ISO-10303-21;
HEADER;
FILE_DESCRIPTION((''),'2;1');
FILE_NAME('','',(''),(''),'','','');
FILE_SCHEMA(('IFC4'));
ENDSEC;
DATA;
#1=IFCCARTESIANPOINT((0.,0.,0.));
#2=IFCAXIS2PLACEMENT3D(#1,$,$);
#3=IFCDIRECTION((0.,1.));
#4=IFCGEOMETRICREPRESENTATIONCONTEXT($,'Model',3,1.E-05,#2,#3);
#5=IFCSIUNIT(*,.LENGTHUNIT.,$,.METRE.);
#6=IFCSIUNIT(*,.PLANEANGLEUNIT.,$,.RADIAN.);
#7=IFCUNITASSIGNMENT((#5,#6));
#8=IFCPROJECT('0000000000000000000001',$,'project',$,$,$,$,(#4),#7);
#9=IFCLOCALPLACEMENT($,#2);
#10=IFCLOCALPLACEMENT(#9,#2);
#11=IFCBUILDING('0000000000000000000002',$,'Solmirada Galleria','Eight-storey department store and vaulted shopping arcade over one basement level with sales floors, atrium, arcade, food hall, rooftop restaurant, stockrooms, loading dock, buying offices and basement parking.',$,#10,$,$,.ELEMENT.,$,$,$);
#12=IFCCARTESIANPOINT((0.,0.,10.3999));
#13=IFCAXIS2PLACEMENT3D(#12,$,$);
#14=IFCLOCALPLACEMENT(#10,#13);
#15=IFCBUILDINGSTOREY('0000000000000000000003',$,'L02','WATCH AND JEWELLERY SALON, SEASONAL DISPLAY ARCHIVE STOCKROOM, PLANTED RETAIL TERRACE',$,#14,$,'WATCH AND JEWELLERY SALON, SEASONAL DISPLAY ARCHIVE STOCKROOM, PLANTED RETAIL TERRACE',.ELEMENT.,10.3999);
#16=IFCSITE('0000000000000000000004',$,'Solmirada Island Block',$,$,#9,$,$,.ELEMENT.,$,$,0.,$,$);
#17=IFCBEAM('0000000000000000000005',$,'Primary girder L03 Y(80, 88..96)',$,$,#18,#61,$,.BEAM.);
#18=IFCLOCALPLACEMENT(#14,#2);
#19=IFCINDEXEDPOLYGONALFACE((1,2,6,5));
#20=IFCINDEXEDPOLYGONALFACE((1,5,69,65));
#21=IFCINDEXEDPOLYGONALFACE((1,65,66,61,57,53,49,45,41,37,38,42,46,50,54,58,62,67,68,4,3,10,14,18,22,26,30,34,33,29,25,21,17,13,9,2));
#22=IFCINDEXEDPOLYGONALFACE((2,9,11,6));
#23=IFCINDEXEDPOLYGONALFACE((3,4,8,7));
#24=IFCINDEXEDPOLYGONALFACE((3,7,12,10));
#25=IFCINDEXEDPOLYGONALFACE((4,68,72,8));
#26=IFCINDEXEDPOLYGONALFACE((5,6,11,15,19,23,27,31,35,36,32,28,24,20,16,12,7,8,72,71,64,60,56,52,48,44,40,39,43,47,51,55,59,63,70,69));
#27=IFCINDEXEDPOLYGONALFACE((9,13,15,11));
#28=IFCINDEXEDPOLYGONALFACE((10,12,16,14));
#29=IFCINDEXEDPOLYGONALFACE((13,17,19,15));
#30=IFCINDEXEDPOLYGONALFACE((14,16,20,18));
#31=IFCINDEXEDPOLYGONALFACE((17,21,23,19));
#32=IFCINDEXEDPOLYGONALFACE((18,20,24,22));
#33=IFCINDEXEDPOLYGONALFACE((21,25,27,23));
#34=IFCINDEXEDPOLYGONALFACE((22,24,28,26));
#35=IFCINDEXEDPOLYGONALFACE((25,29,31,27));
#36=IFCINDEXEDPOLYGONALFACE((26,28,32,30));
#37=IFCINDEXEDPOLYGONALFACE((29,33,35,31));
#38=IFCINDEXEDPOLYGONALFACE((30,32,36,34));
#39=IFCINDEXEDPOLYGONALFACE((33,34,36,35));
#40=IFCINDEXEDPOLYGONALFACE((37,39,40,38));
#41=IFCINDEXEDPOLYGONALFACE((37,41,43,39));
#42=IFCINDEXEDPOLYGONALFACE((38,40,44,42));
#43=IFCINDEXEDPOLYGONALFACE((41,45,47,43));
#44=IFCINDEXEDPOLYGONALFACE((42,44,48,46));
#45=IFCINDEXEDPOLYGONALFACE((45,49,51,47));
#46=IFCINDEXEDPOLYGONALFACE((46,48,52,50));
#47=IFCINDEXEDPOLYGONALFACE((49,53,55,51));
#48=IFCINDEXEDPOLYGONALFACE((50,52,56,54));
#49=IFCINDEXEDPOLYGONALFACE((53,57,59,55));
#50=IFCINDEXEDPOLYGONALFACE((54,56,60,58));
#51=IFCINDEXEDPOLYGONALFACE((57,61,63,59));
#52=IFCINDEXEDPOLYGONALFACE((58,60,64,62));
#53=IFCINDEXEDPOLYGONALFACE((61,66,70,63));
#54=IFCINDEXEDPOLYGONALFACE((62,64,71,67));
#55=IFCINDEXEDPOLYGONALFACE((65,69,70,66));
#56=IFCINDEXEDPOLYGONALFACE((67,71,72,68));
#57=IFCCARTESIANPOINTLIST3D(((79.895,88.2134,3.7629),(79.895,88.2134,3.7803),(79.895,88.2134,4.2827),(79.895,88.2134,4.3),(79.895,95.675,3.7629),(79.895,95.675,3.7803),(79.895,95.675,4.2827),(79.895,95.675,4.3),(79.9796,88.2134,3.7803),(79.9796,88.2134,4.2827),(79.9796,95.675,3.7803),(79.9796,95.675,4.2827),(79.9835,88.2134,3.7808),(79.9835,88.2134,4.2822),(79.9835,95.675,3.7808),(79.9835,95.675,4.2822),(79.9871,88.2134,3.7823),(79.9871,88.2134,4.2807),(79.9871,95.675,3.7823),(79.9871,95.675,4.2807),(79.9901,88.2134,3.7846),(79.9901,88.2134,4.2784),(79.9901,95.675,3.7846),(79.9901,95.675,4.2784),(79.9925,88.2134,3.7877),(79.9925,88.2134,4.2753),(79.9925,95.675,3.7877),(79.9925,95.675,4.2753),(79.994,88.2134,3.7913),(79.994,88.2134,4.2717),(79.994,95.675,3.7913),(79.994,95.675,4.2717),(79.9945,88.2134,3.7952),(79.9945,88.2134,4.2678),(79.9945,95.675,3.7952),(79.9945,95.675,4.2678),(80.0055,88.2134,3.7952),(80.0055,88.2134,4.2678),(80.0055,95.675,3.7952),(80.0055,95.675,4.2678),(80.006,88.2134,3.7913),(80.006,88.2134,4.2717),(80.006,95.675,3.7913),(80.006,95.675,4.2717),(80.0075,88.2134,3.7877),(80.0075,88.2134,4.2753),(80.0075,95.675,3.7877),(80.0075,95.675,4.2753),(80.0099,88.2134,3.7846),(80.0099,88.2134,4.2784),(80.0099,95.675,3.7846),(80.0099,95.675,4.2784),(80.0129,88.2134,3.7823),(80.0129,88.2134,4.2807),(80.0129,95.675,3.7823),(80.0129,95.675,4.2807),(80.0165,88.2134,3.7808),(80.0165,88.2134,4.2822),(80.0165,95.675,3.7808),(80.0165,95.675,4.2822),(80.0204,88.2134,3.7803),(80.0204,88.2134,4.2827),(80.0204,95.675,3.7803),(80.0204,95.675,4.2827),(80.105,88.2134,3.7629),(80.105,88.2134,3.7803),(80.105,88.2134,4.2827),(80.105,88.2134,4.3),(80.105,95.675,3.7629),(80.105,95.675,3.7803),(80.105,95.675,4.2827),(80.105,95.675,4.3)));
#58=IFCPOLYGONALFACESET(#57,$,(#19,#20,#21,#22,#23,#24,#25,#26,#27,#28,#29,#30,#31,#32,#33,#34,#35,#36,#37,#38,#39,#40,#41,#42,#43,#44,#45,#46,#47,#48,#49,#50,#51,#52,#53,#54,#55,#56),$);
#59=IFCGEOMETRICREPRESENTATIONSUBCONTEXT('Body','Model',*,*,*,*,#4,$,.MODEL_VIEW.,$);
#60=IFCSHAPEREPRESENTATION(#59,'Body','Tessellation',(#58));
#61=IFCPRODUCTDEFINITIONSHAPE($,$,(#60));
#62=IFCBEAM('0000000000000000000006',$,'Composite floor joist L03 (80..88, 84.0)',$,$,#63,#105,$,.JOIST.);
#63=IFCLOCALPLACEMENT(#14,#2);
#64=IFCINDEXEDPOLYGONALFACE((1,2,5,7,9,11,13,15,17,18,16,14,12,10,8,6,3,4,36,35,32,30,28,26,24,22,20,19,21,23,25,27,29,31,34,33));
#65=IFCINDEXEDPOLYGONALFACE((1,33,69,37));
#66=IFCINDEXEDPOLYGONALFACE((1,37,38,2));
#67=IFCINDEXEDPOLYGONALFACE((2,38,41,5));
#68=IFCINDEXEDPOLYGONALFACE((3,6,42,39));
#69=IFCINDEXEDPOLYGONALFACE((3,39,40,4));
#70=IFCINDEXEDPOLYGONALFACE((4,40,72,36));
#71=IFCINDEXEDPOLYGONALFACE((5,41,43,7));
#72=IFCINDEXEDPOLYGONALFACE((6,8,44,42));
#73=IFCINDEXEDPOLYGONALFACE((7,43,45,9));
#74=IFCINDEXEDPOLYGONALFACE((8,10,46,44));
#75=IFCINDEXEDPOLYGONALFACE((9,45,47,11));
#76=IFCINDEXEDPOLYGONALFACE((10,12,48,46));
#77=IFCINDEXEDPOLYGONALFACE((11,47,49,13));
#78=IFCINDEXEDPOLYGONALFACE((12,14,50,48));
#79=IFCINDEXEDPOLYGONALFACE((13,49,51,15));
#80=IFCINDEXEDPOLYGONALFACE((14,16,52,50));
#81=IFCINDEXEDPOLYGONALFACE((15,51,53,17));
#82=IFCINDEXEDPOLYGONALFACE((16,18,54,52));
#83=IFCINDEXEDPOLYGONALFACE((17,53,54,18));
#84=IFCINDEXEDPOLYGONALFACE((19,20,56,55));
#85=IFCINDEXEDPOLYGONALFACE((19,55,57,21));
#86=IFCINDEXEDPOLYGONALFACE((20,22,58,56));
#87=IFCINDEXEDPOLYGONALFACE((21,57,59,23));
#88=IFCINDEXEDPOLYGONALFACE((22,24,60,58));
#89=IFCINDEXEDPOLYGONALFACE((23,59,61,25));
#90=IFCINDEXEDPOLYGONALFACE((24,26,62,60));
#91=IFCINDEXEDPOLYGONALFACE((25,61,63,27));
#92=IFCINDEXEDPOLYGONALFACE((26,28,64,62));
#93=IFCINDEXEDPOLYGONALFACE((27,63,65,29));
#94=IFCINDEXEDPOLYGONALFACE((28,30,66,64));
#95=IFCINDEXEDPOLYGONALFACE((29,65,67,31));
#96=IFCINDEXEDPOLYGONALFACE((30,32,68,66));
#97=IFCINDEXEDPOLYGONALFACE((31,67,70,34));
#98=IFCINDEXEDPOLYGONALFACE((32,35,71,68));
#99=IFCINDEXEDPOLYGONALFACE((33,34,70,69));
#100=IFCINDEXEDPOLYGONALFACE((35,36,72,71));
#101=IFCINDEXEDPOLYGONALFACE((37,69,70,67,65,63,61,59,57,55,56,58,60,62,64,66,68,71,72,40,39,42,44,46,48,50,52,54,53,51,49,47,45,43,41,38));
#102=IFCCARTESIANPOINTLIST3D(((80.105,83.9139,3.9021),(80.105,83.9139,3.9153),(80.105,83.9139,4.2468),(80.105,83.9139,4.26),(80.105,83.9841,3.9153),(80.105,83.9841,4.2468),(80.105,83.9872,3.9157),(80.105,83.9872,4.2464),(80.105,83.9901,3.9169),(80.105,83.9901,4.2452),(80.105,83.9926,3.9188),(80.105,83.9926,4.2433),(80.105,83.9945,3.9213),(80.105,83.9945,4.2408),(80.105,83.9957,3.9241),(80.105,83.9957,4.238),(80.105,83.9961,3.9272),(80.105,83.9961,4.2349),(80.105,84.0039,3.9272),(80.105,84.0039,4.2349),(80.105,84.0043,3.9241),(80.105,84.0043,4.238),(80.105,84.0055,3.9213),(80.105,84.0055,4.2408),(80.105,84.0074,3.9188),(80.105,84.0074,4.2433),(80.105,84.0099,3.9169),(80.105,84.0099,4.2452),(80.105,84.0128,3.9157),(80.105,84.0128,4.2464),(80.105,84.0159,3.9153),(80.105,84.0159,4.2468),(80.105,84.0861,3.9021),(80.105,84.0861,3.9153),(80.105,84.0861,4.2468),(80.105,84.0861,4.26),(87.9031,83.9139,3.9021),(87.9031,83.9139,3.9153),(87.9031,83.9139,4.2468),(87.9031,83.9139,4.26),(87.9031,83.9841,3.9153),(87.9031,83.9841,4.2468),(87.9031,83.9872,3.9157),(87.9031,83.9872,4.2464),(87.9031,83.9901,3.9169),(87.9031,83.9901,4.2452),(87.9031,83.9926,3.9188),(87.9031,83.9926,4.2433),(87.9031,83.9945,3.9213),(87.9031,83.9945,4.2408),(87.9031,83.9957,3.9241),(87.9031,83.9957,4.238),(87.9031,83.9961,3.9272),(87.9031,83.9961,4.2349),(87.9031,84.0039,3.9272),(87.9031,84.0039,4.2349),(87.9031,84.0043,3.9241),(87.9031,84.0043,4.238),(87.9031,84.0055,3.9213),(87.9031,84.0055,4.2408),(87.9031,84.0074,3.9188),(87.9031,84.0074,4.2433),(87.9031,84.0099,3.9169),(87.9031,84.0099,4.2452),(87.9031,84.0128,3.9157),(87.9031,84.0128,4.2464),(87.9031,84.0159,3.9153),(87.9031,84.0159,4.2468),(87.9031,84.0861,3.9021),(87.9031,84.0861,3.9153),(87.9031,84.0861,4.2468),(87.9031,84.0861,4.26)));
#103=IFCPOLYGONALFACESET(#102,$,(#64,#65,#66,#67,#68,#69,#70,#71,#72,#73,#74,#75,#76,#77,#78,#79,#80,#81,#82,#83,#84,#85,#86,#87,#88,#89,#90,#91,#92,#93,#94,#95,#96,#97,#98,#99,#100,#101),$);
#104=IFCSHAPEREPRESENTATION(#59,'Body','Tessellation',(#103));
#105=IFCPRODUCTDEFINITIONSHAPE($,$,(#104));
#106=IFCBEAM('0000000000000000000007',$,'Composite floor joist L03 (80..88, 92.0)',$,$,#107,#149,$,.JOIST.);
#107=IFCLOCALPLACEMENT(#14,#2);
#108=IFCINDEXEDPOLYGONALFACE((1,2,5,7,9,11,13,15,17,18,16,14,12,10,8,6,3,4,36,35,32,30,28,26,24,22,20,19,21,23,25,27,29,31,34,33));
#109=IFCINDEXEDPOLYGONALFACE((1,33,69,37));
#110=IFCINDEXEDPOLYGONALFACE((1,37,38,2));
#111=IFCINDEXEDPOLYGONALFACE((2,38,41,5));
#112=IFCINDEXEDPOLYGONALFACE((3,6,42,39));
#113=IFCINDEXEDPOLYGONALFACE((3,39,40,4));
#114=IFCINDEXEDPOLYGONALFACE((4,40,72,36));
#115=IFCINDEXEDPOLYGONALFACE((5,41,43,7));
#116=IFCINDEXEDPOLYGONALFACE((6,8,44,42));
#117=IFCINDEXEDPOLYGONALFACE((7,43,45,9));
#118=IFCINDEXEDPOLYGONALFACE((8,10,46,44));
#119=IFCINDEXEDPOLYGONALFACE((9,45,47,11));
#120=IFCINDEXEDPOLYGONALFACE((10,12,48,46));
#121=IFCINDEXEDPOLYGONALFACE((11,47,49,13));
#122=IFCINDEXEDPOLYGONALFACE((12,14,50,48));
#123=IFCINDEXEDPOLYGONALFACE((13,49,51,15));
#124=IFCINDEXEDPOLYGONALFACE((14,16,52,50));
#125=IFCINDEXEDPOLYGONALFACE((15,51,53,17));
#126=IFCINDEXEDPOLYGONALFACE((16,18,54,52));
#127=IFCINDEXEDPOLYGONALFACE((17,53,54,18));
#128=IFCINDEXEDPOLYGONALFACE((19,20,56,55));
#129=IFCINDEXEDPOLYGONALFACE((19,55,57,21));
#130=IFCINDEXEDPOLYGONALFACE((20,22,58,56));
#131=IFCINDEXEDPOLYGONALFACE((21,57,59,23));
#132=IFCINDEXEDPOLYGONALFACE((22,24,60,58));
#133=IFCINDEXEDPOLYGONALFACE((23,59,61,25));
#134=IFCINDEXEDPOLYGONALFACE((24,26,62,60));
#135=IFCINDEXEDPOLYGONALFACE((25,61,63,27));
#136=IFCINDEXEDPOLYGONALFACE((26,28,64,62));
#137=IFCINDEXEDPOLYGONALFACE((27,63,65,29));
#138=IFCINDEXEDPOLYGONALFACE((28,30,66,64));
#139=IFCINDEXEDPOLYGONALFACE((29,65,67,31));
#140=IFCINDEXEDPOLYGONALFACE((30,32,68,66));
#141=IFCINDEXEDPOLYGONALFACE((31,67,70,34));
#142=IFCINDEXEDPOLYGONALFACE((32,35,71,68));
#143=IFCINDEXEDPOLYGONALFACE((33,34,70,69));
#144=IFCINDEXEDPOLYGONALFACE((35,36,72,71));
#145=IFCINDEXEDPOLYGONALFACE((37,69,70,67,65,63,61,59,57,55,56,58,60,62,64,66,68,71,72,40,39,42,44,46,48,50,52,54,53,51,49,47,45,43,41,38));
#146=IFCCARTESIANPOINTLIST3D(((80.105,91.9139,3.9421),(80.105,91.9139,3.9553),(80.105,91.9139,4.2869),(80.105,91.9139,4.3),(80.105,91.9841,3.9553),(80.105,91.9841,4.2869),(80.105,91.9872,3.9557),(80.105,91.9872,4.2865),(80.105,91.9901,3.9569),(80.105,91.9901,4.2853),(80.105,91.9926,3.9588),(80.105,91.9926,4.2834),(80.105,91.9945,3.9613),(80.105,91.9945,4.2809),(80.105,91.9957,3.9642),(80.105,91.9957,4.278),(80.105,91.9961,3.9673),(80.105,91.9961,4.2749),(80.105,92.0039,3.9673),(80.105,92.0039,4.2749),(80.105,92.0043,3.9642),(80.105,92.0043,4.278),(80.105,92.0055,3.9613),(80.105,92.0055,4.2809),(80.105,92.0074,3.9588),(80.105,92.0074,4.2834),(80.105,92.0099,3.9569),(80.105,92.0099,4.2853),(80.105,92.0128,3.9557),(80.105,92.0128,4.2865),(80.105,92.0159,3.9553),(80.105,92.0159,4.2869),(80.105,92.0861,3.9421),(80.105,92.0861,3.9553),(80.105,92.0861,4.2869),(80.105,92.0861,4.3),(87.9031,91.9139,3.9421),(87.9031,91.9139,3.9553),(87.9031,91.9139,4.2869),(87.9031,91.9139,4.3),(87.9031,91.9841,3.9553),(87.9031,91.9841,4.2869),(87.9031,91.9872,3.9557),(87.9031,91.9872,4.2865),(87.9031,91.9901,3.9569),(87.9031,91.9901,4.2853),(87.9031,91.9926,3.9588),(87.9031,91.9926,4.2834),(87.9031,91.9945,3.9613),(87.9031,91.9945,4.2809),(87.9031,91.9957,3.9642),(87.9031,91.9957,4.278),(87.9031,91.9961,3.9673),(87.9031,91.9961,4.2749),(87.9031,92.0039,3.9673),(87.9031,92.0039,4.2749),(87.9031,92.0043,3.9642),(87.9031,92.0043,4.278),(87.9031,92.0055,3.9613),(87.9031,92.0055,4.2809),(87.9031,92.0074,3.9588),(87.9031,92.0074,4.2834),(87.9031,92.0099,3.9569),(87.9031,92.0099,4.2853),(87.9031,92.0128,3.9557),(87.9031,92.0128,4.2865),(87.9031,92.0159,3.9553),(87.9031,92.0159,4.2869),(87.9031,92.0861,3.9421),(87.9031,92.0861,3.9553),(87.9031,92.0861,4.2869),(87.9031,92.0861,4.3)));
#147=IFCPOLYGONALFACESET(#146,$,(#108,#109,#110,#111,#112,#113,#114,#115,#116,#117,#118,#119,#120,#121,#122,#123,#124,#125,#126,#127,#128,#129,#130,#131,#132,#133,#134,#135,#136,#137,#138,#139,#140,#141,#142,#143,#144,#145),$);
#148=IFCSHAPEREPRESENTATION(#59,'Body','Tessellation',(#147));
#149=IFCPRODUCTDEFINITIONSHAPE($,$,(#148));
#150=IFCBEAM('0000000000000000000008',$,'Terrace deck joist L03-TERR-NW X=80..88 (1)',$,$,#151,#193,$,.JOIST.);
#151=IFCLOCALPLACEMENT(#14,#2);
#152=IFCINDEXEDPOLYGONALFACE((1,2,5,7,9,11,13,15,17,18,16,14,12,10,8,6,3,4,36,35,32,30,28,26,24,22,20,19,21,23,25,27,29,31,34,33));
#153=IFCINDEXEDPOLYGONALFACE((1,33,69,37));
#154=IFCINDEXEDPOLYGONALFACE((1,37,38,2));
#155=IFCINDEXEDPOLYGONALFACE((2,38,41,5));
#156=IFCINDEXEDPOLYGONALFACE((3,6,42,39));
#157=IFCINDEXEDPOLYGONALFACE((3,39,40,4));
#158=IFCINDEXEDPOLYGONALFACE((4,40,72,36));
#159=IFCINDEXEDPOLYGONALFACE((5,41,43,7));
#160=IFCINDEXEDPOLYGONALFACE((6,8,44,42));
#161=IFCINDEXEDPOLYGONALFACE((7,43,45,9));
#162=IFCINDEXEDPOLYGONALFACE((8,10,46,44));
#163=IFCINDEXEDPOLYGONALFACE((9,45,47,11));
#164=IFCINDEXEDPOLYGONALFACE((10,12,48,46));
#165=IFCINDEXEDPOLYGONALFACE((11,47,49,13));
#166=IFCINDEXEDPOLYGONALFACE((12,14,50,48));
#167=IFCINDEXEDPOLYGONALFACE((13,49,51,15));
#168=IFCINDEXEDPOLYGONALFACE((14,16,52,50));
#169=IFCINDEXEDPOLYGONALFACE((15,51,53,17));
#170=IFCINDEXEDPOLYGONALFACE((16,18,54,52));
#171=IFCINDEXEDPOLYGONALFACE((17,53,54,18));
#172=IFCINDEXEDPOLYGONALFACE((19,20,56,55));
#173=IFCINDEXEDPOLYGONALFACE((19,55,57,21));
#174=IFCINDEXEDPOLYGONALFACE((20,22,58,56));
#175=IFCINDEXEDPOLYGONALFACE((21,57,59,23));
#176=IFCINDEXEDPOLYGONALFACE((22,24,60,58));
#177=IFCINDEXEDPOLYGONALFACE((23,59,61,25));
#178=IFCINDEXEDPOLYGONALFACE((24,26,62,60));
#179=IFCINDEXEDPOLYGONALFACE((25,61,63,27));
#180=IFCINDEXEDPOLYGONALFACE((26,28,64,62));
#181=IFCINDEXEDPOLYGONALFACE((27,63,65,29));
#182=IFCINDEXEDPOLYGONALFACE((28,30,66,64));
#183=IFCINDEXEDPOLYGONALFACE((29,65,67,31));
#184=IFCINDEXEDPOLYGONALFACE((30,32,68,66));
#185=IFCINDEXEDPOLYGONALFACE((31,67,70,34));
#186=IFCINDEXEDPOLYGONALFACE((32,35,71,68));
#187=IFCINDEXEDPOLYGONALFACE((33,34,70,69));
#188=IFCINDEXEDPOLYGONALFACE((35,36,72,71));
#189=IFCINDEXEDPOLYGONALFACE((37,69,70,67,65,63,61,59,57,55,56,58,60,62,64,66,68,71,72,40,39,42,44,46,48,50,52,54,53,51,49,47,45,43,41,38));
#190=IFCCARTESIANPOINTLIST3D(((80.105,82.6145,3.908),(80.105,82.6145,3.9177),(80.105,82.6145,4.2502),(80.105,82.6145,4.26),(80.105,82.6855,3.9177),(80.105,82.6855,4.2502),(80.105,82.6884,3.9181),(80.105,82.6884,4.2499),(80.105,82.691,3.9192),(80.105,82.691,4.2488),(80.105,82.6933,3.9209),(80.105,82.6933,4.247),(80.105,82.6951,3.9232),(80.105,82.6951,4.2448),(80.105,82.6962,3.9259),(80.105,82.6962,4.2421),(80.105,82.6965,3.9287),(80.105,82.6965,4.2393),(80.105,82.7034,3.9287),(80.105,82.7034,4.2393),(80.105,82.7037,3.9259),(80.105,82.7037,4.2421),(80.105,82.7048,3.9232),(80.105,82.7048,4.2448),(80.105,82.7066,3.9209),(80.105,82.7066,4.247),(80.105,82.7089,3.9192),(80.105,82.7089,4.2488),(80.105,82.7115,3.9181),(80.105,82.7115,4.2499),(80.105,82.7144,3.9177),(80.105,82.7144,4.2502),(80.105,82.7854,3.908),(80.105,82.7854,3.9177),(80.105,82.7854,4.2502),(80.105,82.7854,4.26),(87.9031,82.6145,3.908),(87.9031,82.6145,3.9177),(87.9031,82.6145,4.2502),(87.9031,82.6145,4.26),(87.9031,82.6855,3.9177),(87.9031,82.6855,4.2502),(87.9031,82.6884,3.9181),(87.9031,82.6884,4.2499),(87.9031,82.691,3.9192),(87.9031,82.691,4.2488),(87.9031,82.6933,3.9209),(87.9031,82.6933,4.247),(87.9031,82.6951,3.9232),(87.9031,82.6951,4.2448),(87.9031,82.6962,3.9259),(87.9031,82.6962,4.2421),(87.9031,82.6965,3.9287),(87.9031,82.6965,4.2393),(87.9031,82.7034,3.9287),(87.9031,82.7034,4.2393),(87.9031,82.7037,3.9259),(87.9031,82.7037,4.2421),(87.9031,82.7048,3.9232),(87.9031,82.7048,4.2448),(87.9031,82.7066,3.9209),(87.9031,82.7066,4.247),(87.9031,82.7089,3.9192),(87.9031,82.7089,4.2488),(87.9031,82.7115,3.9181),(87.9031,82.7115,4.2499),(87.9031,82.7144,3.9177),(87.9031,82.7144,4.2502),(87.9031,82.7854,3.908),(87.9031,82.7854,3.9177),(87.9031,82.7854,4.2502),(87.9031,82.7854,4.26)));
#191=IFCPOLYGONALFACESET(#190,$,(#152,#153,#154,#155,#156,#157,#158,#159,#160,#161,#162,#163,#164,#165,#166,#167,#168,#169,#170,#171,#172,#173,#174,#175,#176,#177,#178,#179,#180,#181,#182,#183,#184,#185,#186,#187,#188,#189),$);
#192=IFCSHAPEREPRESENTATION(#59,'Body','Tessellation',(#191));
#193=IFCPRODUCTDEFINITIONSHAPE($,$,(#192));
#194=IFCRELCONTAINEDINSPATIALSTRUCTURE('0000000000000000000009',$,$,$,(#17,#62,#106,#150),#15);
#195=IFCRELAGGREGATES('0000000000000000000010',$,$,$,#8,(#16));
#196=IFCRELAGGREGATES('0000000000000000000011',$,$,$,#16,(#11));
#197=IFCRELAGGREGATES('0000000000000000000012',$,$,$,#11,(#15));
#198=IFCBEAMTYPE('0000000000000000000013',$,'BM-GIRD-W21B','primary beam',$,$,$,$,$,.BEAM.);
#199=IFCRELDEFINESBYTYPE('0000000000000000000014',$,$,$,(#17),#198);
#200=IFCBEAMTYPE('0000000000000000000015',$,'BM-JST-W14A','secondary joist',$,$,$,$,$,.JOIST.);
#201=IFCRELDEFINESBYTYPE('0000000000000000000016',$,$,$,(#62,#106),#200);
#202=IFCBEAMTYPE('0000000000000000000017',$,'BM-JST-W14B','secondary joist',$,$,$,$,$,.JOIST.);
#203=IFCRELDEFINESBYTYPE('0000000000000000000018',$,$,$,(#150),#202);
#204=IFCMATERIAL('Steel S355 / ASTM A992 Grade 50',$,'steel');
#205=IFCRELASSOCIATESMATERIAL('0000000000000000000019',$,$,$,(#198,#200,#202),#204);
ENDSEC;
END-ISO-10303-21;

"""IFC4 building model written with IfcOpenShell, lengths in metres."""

from ifc_helpers import new_model, si_unit, direction, frame, origin, origin_2d, place, context, subcontext, project, spatial, i_section, extrude, material, material_profile, profile_set, type_object, element, save


model = new_model("IFC4")

# Units and contexts
model_context = context("Model", 3, precision=1e-05, world=origin(), true_north=direction((0.0, 1.0)))
body_context = subcontext(model_context, "Body", "Model", "MODEL_VIEW")
ifc_project = project(units=[si_unit("LENGTHUNIT", "METRE"), si_unit("PLANEANGLEUNIT", "RADIAN")], contexts=[model_context])

# Site, building, storey
site_placement = place(None, origin())
site = spatial("IfcSite", under=ifc_project, at=site_placement, Name="Solmirada Island Block", CompositionType="ELEMENT", RefElevation=0.0)
building_placement = place(site_placement, origin())
building = spatial("IfcBuilding", under=site, at=building_placement, Name="Solmirada Galleria", Description="Eight-storey department store and vaulted shopping arcade over one basement level with sales floors, atrium, arcade, food hall, rooftop restaurant, stockrooms, loading dock, buying offices and basement parking.", CompositionType="ELEMENT")
storey_placement = place(building_placement, frame((0.0, 0.0, 10.3999)))
storey = spatial("IfcBuildingStorey", under=building, at=storey_placement, Name="L02", Description="WATCH AND JEWELLERY SALON, SEASONAL DISPLAY ARCHIVE STOCKROOM, PLANTED RETAIL TERRACE", LongName="WATCH AND JEWELLERY SALON, SEASONAL DISPLAY ARCHIVE STOCKROOM, PLANTED RETAIL TERRACE", CompositionType="ELEMENT", Elevation=10.3999)

# Beams
ifc_material_1 = material(Name="Steel S355 / ASTM A992 Grade 50", Category="steel")
ifc_material_profile_1 = material_profile(ifc_material_1, i_section(OverallWidth=0.21, OverallDepth=0.5371, WebThickness=0.011, FlangeThickness=0.0173, FilletRadius=0.0149, at=origin_2d()), Name="W21X68")
ifc_profile_set_1 = profile_set([ifc_material_profile_1], Name="Steel S355 / ASTM A992 Grade 50")
beam_type_1 = type_object("IfcBeamType", Name="BM-GIRD-W21B", Description="primary beam", PredefinedType="BEAM", material=ifc_profile_set_1)
beam_1_placement = place(storey_placement, frame((80.0, 88.2134, 4.0315), z_axis=(0.0, 1.0, 0.0), x_axis=(-1.0, 0.0, 0.0)))
element("IfcBeam", 1, at=beam_1_placement, inside=storey, type_object=beam_type_1, Name="Primary girder L03 Y(80, 88..96)", PredefinedType="BEAM", context=body_context, shape_type="SweptSolid", body=[
    extrude(i_section(OverallWidth=0.21, OverallDepth=0.5371, WebThickness=0.011, FlangeThickness=0.0173, FilletRadius=0.0149, at=origin_2d()), origin(), (0.0, 0.0, 1.0), 7.4617),
])
ifc_material_profile_2 = material_profile(ifc_material_1, i_section(OverallWidth=0.1721, OverallDepth=0.3579, WebThickness=0.0078, FlangeThickness=0.0132, FilletRadius=0.012, at=origin_2d()), Name="W14X38")
ifc_profile_set_2 = profile_set([ifc_material_profile_2], Name="Steel S355 / ASTM A992 Grade 50")
beam_type_2 = type_object("IfcBeamType", Name="BM-JST-W14A", Description="secondary joist", PredefinedType="JOIST", material=ifc_profile_set_2)
for number, where, z_axis, x_axis, name in (
    (2, (80.105, 84.0, 4.0811), (1.0, 0.0, 0.0), (0.0, 1.0, 0.0), "Composite floor joist L03 (80..88, 84.0)"),
    (3, (80.105, 92.0, 4.1211), (1.0, 0.0, 0.0), (0.0, 1.0, 0.0), "Composite floor joist L03 (80..88, 92.0)"),
):
    element("IfcBeam", number, at=place(storey_placement, frame(where, z_axis=z_axis, x_axis=x_axis)), inside=storey, type_object=beam_type_2, Name=name, PredefinedType="JOIST", context=body_context, shape_type="SweptSolid", body=[
        extrude(i_section(OverallWidth=0.1721, OverallDepth=0.3579, WebThickness=0.0078, FlangeThickness=0.0132, FilletRadius=0.012, at=origin_2d()), origin(), (0.0, 0.0, 1.0), 7.7981),
    ])
ifc_material_profile_3 = material_profile(ifc_material_1, i_section(OverallWidth=0.1709, OverallDepth=0.3521, WebThickness=0.0068, FlangeThickness=0.0098, FilletRadius=0.011, at=origin_2d()), Name="W14X30")
ifc_profile_set_3 = profile_set([ifc_material_profile_3], Name="Steel S355 / ASTM A992 Grade 50")
beam_type_3 = type_object("IfcBeamType", Name="BM-JST-W14B", Description="secondary joist", PredefinedType="JOIST", material=ifc_profile_set_3)
for number, where, z_axis, x_axis, name in (
    (4, (80.105, 82.7, 4.084), (1.0, 0.0, 0.0), (0.0, 1.0, 0.0), "Terrace deck joist L03-TERR-NW X=80..88 (1)"),
):
    element("IfcBeam", number, at=place(storey_placement, frame(where, z_axis=z_axis, x_axis=x_axis)), inside=storey, type_object=beam_type_3, Name=name, PredefinedType="JOIST", context=body_context, shape_type="SweptSolid", body=[
        extrude(i_section(OverallWidth=0.1709, OverallDepth=0.3521, WebThickness=0.0068, FlangeThickness=0.0098, FilletRadius=0.011, at=origin_2d()), origin(), (0.0, 0.0, 1.0), 7.7981),
    ])

save(model, "model.ifc")
